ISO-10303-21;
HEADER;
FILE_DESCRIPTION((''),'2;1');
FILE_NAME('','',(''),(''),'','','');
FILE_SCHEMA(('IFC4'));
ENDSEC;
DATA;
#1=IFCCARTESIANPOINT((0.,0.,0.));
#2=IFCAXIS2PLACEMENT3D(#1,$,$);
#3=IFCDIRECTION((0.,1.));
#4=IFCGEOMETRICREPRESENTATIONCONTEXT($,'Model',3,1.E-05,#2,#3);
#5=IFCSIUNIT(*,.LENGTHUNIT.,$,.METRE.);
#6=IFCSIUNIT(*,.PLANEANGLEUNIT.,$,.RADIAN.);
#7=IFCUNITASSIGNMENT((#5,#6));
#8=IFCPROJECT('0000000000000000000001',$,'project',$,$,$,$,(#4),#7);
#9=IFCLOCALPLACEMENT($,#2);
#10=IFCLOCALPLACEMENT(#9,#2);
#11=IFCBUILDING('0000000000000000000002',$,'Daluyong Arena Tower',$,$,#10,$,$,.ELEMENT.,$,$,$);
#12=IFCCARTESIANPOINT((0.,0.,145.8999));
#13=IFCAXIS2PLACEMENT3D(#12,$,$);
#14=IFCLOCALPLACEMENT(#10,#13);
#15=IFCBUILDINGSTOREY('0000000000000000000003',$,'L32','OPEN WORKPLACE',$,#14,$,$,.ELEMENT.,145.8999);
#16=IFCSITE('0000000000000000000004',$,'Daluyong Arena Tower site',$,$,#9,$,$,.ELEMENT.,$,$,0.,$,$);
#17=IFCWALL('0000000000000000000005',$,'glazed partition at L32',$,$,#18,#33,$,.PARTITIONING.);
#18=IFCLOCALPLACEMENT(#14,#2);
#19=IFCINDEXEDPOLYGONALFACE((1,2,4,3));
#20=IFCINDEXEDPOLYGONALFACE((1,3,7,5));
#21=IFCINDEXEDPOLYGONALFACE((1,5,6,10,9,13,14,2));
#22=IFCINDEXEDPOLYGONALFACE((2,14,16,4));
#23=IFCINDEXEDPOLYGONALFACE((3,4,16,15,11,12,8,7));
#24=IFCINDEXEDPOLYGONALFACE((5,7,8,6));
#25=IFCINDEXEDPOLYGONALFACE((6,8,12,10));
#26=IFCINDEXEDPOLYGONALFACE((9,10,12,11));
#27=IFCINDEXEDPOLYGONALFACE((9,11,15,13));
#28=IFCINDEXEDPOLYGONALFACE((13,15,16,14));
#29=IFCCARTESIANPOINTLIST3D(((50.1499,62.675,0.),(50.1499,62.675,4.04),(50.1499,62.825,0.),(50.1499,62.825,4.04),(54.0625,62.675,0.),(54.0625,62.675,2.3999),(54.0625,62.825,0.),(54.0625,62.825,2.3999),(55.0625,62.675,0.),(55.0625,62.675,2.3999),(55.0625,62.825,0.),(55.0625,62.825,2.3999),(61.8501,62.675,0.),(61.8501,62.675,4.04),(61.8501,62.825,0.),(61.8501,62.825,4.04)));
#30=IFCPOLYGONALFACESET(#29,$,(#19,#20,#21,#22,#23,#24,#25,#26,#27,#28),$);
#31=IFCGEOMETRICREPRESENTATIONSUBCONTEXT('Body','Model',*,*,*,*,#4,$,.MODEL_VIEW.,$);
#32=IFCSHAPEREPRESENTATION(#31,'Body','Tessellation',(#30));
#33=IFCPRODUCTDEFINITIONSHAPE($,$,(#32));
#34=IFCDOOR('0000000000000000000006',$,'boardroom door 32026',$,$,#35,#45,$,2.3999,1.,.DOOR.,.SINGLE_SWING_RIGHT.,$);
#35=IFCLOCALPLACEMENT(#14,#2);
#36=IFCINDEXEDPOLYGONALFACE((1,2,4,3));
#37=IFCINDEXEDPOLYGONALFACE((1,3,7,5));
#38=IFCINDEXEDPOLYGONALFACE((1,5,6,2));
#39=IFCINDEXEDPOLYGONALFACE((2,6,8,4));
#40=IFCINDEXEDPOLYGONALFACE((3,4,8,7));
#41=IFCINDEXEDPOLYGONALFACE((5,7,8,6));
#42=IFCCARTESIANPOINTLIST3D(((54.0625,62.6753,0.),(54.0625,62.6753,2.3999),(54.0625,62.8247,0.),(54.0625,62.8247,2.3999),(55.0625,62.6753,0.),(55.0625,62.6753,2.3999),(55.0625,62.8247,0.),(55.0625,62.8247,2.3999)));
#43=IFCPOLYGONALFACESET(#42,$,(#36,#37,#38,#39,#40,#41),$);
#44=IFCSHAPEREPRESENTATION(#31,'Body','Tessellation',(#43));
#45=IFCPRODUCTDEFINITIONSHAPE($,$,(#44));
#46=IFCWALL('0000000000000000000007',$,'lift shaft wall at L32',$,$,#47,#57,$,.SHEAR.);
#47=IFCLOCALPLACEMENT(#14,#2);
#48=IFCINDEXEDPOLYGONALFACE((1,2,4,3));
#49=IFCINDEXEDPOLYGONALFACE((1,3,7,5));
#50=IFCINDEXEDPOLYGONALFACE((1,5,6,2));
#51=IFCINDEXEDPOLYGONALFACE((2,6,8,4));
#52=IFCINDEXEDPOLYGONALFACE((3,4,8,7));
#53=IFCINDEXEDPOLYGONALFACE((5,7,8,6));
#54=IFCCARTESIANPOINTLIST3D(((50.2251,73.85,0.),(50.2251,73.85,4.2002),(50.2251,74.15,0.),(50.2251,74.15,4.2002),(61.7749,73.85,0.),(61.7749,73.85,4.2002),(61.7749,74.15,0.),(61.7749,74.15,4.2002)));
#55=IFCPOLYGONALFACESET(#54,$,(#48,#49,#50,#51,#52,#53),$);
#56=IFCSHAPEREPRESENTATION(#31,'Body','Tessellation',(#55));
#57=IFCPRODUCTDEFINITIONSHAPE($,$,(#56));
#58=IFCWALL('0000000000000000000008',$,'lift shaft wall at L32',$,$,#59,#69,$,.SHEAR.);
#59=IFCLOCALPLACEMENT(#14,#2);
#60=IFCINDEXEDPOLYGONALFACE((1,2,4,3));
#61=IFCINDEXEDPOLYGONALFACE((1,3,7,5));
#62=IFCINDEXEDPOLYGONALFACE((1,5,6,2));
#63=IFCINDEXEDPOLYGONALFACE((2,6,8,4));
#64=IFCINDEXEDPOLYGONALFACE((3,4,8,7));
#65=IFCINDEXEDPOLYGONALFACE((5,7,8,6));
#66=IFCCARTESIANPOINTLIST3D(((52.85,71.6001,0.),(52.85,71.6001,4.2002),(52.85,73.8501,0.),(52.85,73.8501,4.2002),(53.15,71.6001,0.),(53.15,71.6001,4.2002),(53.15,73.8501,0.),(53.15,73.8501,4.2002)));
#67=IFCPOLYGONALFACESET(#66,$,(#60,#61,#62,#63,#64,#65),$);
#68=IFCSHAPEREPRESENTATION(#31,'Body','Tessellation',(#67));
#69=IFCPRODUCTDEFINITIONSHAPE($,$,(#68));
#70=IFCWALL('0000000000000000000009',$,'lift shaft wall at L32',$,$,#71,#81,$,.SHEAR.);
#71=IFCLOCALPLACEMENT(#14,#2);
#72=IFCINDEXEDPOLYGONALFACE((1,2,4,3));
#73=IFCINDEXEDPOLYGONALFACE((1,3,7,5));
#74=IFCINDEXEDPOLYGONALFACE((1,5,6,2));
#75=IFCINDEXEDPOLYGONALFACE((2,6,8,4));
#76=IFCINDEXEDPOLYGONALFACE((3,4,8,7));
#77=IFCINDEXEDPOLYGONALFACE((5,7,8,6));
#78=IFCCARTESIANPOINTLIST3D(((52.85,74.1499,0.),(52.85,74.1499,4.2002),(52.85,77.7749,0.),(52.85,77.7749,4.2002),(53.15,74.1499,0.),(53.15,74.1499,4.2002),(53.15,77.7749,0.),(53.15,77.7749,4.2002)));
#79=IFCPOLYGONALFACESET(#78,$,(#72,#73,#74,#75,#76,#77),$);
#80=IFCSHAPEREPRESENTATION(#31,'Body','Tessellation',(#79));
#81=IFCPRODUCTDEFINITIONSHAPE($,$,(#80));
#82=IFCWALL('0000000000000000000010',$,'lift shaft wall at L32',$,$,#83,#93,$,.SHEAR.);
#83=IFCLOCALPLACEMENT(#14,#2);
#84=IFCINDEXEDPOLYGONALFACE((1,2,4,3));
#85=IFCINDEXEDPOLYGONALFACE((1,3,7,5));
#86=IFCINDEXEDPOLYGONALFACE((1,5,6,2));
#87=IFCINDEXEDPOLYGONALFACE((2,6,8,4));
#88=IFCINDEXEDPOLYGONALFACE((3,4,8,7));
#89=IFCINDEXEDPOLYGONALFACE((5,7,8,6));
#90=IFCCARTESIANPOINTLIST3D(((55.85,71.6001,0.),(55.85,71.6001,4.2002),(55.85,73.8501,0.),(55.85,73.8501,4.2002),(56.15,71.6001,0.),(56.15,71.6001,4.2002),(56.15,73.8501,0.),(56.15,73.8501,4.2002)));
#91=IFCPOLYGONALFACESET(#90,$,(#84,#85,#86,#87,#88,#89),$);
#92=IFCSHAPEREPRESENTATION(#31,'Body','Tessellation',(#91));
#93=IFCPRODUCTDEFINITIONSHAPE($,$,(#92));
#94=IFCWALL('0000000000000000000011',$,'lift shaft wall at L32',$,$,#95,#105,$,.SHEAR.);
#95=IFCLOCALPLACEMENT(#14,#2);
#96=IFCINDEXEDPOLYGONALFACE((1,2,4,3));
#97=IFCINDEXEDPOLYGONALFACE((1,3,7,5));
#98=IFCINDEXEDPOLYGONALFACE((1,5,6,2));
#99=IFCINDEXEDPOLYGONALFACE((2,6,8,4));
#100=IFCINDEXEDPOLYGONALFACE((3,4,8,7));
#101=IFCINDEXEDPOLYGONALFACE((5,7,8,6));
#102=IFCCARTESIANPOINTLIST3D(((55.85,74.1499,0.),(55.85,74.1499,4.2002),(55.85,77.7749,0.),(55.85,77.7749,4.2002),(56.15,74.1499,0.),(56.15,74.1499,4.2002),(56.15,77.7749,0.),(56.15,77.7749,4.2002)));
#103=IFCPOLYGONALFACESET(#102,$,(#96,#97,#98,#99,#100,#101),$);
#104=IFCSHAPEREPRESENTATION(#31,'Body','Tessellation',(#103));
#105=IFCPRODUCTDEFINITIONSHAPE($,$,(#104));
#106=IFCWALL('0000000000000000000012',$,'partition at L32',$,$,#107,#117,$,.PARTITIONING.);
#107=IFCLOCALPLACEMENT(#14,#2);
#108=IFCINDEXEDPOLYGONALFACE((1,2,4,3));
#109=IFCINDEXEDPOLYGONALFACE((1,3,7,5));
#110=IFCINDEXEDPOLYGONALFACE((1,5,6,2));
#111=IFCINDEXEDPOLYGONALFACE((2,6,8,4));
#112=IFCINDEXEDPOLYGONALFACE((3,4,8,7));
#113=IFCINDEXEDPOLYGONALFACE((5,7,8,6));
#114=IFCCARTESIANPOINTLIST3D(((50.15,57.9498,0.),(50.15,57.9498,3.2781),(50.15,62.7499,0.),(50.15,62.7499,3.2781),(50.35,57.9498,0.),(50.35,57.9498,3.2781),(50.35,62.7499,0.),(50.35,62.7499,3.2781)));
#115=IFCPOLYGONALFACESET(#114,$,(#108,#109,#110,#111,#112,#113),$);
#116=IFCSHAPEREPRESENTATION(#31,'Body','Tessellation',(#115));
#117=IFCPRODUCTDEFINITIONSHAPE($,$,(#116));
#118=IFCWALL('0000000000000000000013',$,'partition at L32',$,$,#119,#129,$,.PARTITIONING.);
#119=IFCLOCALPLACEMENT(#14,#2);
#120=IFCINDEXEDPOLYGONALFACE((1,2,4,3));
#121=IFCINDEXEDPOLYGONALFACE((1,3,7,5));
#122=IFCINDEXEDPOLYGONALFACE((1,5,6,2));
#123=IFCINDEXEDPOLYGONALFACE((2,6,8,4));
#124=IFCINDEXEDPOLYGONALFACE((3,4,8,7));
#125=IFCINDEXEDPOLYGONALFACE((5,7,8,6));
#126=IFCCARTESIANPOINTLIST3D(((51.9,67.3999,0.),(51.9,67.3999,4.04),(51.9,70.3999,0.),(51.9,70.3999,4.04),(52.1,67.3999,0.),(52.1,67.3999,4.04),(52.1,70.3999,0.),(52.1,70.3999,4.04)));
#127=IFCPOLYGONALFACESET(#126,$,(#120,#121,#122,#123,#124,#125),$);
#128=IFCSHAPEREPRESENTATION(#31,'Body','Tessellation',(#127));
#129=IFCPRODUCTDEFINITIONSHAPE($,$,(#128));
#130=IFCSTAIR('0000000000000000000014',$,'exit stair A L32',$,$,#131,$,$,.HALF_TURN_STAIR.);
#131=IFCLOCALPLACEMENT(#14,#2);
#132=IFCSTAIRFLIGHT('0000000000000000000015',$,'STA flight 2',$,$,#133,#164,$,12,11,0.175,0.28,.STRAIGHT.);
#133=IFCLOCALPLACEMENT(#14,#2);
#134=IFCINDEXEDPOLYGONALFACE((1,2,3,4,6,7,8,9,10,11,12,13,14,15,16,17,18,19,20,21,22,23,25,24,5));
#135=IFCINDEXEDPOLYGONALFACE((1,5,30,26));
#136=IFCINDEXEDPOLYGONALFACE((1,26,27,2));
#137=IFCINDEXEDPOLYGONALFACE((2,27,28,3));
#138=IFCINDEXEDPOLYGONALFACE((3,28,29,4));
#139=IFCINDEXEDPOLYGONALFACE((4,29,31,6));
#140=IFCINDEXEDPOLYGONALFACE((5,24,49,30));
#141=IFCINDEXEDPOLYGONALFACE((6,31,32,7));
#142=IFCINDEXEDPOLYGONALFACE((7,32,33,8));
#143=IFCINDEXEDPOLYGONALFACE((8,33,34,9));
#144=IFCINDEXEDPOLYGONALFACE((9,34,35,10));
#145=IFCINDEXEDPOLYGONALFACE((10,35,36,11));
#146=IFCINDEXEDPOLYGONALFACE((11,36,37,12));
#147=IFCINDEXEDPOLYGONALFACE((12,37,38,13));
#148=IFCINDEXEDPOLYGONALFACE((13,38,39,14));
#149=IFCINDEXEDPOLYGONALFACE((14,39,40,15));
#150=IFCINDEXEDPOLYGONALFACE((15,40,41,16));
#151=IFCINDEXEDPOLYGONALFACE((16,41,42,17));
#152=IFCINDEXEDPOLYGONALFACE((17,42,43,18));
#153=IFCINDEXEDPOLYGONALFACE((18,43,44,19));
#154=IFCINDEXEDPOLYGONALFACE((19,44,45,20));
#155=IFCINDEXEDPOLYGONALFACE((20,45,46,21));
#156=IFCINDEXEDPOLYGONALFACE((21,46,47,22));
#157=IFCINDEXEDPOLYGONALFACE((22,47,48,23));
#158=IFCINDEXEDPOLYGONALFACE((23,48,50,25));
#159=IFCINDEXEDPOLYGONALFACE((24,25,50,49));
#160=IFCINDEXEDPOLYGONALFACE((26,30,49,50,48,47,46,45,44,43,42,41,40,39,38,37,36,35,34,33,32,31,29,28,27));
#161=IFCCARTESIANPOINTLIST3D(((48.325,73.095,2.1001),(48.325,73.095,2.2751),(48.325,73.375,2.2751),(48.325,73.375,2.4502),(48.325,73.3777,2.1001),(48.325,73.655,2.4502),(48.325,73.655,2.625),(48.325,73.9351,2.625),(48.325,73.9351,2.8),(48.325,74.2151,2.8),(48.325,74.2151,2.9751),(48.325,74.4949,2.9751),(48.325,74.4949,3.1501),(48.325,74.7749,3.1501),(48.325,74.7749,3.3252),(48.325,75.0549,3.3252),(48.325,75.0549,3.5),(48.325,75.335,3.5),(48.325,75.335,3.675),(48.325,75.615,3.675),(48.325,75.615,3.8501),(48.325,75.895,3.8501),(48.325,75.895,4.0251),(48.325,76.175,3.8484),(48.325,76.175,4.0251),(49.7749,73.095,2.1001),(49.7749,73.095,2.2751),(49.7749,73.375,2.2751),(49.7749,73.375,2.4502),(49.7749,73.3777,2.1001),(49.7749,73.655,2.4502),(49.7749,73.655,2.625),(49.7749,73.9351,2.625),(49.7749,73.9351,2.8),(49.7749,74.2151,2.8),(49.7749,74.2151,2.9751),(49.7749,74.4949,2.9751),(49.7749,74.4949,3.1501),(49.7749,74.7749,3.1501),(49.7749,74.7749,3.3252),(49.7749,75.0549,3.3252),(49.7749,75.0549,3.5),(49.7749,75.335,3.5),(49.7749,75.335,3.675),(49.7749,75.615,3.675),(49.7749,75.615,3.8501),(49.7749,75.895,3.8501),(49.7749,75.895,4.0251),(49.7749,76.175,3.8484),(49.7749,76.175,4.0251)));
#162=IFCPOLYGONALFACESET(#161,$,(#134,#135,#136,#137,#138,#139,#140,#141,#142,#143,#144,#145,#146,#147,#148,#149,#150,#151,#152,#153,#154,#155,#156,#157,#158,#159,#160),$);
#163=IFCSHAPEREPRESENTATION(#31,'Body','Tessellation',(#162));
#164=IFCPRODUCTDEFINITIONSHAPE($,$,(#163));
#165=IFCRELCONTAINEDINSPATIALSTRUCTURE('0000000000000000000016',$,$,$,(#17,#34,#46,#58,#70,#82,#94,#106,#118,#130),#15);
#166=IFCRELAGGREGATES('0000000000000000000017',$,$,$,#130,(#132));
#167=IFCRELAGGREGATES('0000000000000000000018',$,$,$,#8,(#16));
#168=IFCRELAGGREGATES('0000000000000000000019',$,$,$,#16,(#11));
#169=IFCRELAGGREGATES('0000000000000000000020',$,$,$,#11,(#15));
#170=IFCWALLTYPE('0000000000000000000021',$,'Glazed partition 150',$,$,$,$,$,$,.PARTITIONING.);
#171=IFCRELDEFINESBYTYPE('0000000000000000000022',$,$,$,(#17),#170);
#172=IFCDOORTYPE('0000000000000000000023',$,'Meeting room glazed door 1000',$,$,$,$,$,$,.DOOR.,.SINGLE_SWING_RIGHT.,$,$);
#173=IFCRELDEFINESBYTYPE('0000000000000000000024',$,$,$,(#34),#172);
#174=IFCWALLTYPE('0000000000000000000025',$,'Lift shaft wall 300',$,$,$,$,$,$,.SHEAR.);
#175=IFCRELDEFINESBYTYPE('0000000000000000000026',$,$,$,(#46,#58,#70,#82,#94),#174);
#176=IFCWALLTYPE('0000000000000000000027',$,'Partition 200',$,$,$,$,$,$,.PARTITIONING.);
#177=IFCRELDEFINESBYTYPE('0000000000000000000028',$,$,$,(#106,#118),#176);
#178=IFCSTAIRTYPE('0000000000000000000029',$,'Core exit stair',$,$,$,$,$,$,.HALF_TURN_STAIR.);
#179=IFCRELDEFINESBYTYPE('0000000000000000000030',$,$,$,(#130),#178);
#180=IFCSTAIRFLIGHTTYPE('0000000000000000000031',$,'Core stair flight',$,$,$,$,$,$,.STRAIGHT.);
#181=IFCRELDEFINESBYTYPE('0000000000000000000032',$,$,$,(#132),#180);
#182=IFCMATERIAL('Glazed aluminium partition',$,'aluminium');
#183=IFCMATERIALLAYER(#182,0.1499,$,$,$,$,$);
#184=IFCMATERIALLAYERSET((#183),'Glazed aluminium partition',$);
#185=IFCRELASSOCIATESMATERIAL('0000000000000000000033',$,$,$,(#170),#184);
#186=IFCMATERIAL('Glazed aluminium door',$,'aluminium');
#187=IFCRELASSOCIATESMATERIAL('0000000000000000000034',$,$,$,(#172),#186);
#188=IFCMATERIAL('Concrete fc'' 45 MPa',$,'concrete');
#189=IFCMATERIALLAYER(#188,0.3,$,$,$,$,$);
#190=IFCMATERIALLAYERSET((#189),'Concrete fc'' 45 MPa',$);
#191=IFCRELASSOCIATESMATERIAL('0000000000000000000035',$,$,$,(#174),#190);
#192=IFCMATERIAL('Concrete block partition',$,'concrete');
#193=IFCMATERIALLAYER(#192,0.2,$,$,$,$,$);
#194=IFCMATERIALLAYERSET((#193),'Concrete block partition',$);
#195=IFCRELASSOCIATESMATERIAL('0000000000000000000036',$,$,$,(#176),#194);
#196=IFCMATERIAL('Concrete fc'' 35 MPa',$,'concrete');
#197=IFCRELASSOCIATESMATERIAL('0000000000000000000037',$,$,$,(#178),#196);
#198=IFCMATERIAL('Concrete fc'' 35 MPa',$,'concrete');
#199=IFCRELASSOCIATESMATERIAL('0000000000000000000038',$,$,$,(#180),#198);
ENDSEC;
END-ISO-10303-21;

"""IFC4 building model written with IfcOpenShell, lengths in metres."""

from ifc_helpers import new_model, si_unit, direction, frame, frame_2d, origin, place, context, subcontext, project, spatial, polyline, rectangle, outline, extrude, material, layer, layer_set, type_object, element, fill, aggregate, save


model = new_model("IFC4")

# Units and contexts
model_context = context("Model", 3, precision=1e-05, world=origin(), true_north=direction((0.0, 1.0)))
body_context = subcontext(model_context, "Body", "Model", "MODEL_VIEW")
ifc_project = project(units=[si_unit("LENGTHUNIT", "METRE"), si_unit("PLANEANGLEUNIT", "RADIAN")], contexts=[model_context])

# Site, building, storey
site_placement = place(None, origin())
site = spatial("IfcSite", under=ifc_project, at=site_placement, Name="Daluyong Arena Tower site", CompositionType="ELEMENT", RefElevation=0.0)
building_placement = place(site_placement, origin())
building = spatial("IfcBuilding", under=site, at=building_placement, Name="Daluyong Arena Tower", CompositionType="ELEMENT")
storey_placement = place(building_placement, frame((0.0, 0.0, 145.8999)))
storey = spatial("IfcBuildingStorey", under=building, at=storey_placement, Name="L32", Description="OPEN WORKPLACE", CompositionType="ELEMENT", Elevation=145.8999)

# Wall, opening, door
ifc_material_1 = material(Name="Glazed aluminium partition", Category="aluminium")
ifc_layer_1 = layer(ifc_material_1, 0.1499)
ifc_layer_set_1 = layer_set([ifc_layer_1], Name="Glazed aluminium partition")
wall_type_1 = type_object("IfcWallType", Name="Glazed partition 150", PredefinedType="PARTITIONING", material=ifc_layer_set_1)
wall_1_placement = place(storey_placement, frame((50.1499, 62.75, 0.0), z_axis=(0.0, 0.0, 1.0), x_axis=(1.0, 0.0, 0.0)))
wall_1 = element("IfcWall", 1, at=wall_1_placement, inside=storey, type_object=wall_type_1, Name="glazed partition at L32", PredefinedType="PARTITIONING", context=body_context, shape_type="SweptSolid", body=[
    extrude(rectangle(XDim=11.7002, YDim=0.1499, at=frame_2d((5.8501, 0.0))), origin(), (0.0, 0.0, 1.0), 4.04),
])
opening_1_placement = place(wall_1_placement, frame((3.9126, 0.0, 0.0)))
opening_1 = element("IfcOpeningElement", 2, at=opening_1_placement, cuts=wall_1, PredefinedType="OPENING", context=body_context, shape_type="SweptSolid", body=[
    extrude(rectangle(XDim=1.0, YDim=2.3999, at=frame_2d((0.5, 1.2))), frame((0.0, 0.085, 0.0), z_axis=(0.0, -1.0, 0.0), x_axis=(1.0, 0.0, 0.0)), (0.0, 0.0, 1.0), 0.1699),
])
ifc_material_2 = material(Name="Glazed aluminium door", Category="aluminium")
door_type_1 = type_object("IfcDoorType", Name="Meeting room glazed door 1000", OperationType="SINGLE_SWING_RIGHT", PredefinedType="DOOR", material=ifc_material_2)
door_1_placement = place(opening_1_placement, origin())
door_1 = element("IfcDoor", 3, at=door_1_placement, inside=storey, type_object=door_type_1, Name="boardroom door 32026", OperationType="SINGLE_SWING_RIGHT", OverallHeight=2.3999, OverallWidth=1.0, PredefinedType="DOOR", context=body_context, shape_type="SweptSolid", body=[
    extrude(rectangle(XDim=1.0, YDim=2.3999, at=frame_2d((0.5, 1.2))), frame((0.0, 0.0747, 0.0), z_axis=(0.0, -1.0, 0.0), x_axis=(1.0, 0.0, 0.0)), (0.0, 0.0, 1.0), 0.1494),
])
fill(opening_1, door_1)

# Walls
ifc_material_3 = material(Name="Concrete fc' 45 MPa", Category="concrete")
ifc_layer_2 = layer(ifc_material_3, 0.3)
ifc_layer_set_2 = layer_set([ifc_layer_2], Name="Concrete fc' 45 MPa")
wall_type_2 = type_object("IfcWallType", Name="Lift shaft wall 300", PredefinedType="SHEAR", material=ifc_layer_set_2)
wall_2_placement = place(storey_placement, frame((50.2251, 74.0, 0.0), z_axis=(0.0, 0.0, 1.0), x_axis=(1.0, 0.0, 0.0)))
element("IfcWall", 4, at=wall_2_placement, inside=storey, type_object=wall_type_2, Name="lift shaft wall at L32", PredefinedType="SHEAR", context=body_context, shape_type="SweptSolid", body=[
    extrude(rectangle(XDim=11.5498, YDim=0.3, at=frame_2d((5.7749, 0.0))), origin(), (0.0, 0.0, 1.0), 4.2002),
])
wall_3_placement = place(storey_placement, frame((53.0, 71.6001, 0.0), z_axis=(0.0, 0.0, 1.0), x_axis=(0.0, 1.0, 0.0)))
element("IfcWall", 5, at=wall_3_placement, inside=storey, type_object=wall_type_2, Name="lift shaft wall at L32", PredefinedType="SHEAR", context=body_context, shape_type="SweptSolid", body=[
    extrude(rectangle(XDim=2.25, YDim=0.3, at=frame_2d((1.125, 0.0))), origin(), (0.0, 0.0, 1.0), 4.2002),
])
wall_4_placement = place(storey_placement, frame((53.0, 74.1499, 0.0), z_axis=(0.0, 0.0, 1.0), x_axis=(0.0, 1.0, 0.0)))
element("IfcWall", 6, at=wall_4_placement, inside=storey, type_object=wall_type_2, Name="lift shaft wall at L32", PredefinedType="SHEAR", context=body_context, shape_type="SweptSolid", body=[
    extrude(rectangle(XDim=3.625, YDim=0.3, at=frame_2d((1.8125, 0.0))), origin(), (0.0, 0.0, 1.0), 4.2002),
])
wall_5_placement = place(storey_placement, frame((56.0, 71.6001, 0.0), z_axis=(0.0, 0.0, 1.0), x_axis=(0.0, 1.0, 0.0)))
element("IfcWall", 7, at=wall_5_placement, inside=storey, type_object=wall_type_2, Name="lift shaft wall at L32", PredefinedType="SHEAR", context=body_context, shape_type="SweptSolid", body=[
    extrude(rectangle(XDim=2.25, YDim=0.3, at=frame_2d((1.125, 0.0))), origin(), (0.0, 0.0, 1.0), 4.2002),
])
wall_6_placement = place(storey_placement, frame((56.0, 74.1499, 0.0), z_axis=(0.0, 0.0, 1.0), x_axis=(0.0, 1.0, 0.0)))
element("IfcWall", 8, at=wall_6_placement, inside=storey, type_object=wall_type_2, Name="lift shaft wall at L32", PredefinedType="SHEAR", context=body_context, shape_type="SweptSolid", body=[
    extrude(rectangle(XDim=3.625, YDim=0.3, at=frame_2d((1.8125, 0.0))), origin(), (0.0, 0.0, 1.0), 4.2002),
])
ifc_material_4 = material(Name="Concrete block partition", Category="concrete")
ifc_layer_3 = layer(ifc_material_4, 0.2)
ifc_layer_set_3 = layer_set([ifc_layer_3], Name="Concrete block partition")
wall_type_3 = type_object("IfcWallType", Name="Partition 200", PredefinedType="PARTITIONING", material=ifc_layer_set_3)
wall_7_placement = place(storey_placement, frame((50.25, 57.95, 0.0), z_axis=(0.0, 0.0, 1.0), x_axis=(0.0, 1.0, 0.0)))
element("IfcWall", 9, at=wall_7_placement, inside=storey, type_object=wall_type_3, Name="partition at L32", PredefinedType="PARTITIONING", context=body_context, shape_type="SweptSolid", body=[
    extrude(rectangle(XDim=4.8, YDim=0.2, at=frame_2d((2.3999, 0.0))), origin(), (0.0, 0.0, 1.0), 3.2781),
])
wall_8_placement = place(storey_placement, frame((52.0, 67.3999, 0.0), z_axis=(0.0, 0.0, 1.0), x_axis=(0.0, 1.0, 0.0)))
element("IfcWall", 10, at=wall_8_placement, inside=storey, type_object=wall_type_3, Name="partition at L32", PredefinedType="PARTITIONING", context=body_context, shape_type="SweptSolid", body=[
    extrude(rectangle(XDim=3.0, YDim=0.2, at=frame_2d((1.5, 0.0))), origin(), (0.0, 0.0, 1.0), 4.04),
])

# Stair, stair flight
ifc_material_5 = material(Name="Concrete fc' 35 MPa", Category="concrete")
stair_type = type_object("IfcStairType", Name="Core exit stair", PredefinedType="HALF_TURN_STAIR", material=ifc_material_5)
stair_placement = place(storey_placement, origin())
stair = element("IfcStair", 11, at=stair_placement, inside=storey, type_object=stair_type, Name="exit stair A L32", PredefinedType="HALF_TURN_STAIR")
ifc_material_6 = material(Name="Concrete fc' 35 MPa", Category="concrete")
stair_flight_type = type_object("IfcStairFlightType", Name="Core stair flight", PredefinedType="STRAIGHT", material=ifc_material_6)
stair_flight_placement = place(storey_placement, frame((49.05, 73.095, 2.1001), z_axis=(0.0, 0.0, 1.0), x_axis=(0.0, 1.0, 0.0)))
stair_flight = element("IfcStairFlight", 12, at=stair_flight_placement, type_object=stair_flight_type, Name="STA flight 2", NumberOfRisers=12, NumberOfTreads=11, PredefinedType="STRAIGHT", RiserHeight=0.175, TreadLength=0.28, context=body_context, shape_type="SweptSolid", body=[
    extrude(outline(polyline([(0.0, 0.0), (0.0, 0.175), (0.28, 0.175), (0.28, 0.3501), (0.5601, 0.3501), (0.5601, 0.5249), (0.8401, 0.5249), (0.8401, 0.7), (1.1201, 0.7), (1.1201, 0.875), (1.3999, 0.875), (1.3999, 1.05), (1.6799, 1.05), (1.6799, 1.2251), (1.96, 1.2251), (1.96, 1.3999), (2.24, 1.3999), (2.24, 1.575), (2.52, 1.575), (2.52, 1.75), (2.8, 1.75), (2.8, 1.925), (3.0801, 1.925), (3.0801, 2.1001), (3.0801, 1.7483), (0.2827, 0.0), (0.0, 0.0)])), frame((0.0, 0.7251, 0.0), z_axis=(0.0, -1.0, 0.0), x_axis=(1.0, 0.0, 0.0)), (0.0, 0.0, 1.0), 1.45),
])
aggregate(stair, [stair_flight])

save(model, "model.ifc")
